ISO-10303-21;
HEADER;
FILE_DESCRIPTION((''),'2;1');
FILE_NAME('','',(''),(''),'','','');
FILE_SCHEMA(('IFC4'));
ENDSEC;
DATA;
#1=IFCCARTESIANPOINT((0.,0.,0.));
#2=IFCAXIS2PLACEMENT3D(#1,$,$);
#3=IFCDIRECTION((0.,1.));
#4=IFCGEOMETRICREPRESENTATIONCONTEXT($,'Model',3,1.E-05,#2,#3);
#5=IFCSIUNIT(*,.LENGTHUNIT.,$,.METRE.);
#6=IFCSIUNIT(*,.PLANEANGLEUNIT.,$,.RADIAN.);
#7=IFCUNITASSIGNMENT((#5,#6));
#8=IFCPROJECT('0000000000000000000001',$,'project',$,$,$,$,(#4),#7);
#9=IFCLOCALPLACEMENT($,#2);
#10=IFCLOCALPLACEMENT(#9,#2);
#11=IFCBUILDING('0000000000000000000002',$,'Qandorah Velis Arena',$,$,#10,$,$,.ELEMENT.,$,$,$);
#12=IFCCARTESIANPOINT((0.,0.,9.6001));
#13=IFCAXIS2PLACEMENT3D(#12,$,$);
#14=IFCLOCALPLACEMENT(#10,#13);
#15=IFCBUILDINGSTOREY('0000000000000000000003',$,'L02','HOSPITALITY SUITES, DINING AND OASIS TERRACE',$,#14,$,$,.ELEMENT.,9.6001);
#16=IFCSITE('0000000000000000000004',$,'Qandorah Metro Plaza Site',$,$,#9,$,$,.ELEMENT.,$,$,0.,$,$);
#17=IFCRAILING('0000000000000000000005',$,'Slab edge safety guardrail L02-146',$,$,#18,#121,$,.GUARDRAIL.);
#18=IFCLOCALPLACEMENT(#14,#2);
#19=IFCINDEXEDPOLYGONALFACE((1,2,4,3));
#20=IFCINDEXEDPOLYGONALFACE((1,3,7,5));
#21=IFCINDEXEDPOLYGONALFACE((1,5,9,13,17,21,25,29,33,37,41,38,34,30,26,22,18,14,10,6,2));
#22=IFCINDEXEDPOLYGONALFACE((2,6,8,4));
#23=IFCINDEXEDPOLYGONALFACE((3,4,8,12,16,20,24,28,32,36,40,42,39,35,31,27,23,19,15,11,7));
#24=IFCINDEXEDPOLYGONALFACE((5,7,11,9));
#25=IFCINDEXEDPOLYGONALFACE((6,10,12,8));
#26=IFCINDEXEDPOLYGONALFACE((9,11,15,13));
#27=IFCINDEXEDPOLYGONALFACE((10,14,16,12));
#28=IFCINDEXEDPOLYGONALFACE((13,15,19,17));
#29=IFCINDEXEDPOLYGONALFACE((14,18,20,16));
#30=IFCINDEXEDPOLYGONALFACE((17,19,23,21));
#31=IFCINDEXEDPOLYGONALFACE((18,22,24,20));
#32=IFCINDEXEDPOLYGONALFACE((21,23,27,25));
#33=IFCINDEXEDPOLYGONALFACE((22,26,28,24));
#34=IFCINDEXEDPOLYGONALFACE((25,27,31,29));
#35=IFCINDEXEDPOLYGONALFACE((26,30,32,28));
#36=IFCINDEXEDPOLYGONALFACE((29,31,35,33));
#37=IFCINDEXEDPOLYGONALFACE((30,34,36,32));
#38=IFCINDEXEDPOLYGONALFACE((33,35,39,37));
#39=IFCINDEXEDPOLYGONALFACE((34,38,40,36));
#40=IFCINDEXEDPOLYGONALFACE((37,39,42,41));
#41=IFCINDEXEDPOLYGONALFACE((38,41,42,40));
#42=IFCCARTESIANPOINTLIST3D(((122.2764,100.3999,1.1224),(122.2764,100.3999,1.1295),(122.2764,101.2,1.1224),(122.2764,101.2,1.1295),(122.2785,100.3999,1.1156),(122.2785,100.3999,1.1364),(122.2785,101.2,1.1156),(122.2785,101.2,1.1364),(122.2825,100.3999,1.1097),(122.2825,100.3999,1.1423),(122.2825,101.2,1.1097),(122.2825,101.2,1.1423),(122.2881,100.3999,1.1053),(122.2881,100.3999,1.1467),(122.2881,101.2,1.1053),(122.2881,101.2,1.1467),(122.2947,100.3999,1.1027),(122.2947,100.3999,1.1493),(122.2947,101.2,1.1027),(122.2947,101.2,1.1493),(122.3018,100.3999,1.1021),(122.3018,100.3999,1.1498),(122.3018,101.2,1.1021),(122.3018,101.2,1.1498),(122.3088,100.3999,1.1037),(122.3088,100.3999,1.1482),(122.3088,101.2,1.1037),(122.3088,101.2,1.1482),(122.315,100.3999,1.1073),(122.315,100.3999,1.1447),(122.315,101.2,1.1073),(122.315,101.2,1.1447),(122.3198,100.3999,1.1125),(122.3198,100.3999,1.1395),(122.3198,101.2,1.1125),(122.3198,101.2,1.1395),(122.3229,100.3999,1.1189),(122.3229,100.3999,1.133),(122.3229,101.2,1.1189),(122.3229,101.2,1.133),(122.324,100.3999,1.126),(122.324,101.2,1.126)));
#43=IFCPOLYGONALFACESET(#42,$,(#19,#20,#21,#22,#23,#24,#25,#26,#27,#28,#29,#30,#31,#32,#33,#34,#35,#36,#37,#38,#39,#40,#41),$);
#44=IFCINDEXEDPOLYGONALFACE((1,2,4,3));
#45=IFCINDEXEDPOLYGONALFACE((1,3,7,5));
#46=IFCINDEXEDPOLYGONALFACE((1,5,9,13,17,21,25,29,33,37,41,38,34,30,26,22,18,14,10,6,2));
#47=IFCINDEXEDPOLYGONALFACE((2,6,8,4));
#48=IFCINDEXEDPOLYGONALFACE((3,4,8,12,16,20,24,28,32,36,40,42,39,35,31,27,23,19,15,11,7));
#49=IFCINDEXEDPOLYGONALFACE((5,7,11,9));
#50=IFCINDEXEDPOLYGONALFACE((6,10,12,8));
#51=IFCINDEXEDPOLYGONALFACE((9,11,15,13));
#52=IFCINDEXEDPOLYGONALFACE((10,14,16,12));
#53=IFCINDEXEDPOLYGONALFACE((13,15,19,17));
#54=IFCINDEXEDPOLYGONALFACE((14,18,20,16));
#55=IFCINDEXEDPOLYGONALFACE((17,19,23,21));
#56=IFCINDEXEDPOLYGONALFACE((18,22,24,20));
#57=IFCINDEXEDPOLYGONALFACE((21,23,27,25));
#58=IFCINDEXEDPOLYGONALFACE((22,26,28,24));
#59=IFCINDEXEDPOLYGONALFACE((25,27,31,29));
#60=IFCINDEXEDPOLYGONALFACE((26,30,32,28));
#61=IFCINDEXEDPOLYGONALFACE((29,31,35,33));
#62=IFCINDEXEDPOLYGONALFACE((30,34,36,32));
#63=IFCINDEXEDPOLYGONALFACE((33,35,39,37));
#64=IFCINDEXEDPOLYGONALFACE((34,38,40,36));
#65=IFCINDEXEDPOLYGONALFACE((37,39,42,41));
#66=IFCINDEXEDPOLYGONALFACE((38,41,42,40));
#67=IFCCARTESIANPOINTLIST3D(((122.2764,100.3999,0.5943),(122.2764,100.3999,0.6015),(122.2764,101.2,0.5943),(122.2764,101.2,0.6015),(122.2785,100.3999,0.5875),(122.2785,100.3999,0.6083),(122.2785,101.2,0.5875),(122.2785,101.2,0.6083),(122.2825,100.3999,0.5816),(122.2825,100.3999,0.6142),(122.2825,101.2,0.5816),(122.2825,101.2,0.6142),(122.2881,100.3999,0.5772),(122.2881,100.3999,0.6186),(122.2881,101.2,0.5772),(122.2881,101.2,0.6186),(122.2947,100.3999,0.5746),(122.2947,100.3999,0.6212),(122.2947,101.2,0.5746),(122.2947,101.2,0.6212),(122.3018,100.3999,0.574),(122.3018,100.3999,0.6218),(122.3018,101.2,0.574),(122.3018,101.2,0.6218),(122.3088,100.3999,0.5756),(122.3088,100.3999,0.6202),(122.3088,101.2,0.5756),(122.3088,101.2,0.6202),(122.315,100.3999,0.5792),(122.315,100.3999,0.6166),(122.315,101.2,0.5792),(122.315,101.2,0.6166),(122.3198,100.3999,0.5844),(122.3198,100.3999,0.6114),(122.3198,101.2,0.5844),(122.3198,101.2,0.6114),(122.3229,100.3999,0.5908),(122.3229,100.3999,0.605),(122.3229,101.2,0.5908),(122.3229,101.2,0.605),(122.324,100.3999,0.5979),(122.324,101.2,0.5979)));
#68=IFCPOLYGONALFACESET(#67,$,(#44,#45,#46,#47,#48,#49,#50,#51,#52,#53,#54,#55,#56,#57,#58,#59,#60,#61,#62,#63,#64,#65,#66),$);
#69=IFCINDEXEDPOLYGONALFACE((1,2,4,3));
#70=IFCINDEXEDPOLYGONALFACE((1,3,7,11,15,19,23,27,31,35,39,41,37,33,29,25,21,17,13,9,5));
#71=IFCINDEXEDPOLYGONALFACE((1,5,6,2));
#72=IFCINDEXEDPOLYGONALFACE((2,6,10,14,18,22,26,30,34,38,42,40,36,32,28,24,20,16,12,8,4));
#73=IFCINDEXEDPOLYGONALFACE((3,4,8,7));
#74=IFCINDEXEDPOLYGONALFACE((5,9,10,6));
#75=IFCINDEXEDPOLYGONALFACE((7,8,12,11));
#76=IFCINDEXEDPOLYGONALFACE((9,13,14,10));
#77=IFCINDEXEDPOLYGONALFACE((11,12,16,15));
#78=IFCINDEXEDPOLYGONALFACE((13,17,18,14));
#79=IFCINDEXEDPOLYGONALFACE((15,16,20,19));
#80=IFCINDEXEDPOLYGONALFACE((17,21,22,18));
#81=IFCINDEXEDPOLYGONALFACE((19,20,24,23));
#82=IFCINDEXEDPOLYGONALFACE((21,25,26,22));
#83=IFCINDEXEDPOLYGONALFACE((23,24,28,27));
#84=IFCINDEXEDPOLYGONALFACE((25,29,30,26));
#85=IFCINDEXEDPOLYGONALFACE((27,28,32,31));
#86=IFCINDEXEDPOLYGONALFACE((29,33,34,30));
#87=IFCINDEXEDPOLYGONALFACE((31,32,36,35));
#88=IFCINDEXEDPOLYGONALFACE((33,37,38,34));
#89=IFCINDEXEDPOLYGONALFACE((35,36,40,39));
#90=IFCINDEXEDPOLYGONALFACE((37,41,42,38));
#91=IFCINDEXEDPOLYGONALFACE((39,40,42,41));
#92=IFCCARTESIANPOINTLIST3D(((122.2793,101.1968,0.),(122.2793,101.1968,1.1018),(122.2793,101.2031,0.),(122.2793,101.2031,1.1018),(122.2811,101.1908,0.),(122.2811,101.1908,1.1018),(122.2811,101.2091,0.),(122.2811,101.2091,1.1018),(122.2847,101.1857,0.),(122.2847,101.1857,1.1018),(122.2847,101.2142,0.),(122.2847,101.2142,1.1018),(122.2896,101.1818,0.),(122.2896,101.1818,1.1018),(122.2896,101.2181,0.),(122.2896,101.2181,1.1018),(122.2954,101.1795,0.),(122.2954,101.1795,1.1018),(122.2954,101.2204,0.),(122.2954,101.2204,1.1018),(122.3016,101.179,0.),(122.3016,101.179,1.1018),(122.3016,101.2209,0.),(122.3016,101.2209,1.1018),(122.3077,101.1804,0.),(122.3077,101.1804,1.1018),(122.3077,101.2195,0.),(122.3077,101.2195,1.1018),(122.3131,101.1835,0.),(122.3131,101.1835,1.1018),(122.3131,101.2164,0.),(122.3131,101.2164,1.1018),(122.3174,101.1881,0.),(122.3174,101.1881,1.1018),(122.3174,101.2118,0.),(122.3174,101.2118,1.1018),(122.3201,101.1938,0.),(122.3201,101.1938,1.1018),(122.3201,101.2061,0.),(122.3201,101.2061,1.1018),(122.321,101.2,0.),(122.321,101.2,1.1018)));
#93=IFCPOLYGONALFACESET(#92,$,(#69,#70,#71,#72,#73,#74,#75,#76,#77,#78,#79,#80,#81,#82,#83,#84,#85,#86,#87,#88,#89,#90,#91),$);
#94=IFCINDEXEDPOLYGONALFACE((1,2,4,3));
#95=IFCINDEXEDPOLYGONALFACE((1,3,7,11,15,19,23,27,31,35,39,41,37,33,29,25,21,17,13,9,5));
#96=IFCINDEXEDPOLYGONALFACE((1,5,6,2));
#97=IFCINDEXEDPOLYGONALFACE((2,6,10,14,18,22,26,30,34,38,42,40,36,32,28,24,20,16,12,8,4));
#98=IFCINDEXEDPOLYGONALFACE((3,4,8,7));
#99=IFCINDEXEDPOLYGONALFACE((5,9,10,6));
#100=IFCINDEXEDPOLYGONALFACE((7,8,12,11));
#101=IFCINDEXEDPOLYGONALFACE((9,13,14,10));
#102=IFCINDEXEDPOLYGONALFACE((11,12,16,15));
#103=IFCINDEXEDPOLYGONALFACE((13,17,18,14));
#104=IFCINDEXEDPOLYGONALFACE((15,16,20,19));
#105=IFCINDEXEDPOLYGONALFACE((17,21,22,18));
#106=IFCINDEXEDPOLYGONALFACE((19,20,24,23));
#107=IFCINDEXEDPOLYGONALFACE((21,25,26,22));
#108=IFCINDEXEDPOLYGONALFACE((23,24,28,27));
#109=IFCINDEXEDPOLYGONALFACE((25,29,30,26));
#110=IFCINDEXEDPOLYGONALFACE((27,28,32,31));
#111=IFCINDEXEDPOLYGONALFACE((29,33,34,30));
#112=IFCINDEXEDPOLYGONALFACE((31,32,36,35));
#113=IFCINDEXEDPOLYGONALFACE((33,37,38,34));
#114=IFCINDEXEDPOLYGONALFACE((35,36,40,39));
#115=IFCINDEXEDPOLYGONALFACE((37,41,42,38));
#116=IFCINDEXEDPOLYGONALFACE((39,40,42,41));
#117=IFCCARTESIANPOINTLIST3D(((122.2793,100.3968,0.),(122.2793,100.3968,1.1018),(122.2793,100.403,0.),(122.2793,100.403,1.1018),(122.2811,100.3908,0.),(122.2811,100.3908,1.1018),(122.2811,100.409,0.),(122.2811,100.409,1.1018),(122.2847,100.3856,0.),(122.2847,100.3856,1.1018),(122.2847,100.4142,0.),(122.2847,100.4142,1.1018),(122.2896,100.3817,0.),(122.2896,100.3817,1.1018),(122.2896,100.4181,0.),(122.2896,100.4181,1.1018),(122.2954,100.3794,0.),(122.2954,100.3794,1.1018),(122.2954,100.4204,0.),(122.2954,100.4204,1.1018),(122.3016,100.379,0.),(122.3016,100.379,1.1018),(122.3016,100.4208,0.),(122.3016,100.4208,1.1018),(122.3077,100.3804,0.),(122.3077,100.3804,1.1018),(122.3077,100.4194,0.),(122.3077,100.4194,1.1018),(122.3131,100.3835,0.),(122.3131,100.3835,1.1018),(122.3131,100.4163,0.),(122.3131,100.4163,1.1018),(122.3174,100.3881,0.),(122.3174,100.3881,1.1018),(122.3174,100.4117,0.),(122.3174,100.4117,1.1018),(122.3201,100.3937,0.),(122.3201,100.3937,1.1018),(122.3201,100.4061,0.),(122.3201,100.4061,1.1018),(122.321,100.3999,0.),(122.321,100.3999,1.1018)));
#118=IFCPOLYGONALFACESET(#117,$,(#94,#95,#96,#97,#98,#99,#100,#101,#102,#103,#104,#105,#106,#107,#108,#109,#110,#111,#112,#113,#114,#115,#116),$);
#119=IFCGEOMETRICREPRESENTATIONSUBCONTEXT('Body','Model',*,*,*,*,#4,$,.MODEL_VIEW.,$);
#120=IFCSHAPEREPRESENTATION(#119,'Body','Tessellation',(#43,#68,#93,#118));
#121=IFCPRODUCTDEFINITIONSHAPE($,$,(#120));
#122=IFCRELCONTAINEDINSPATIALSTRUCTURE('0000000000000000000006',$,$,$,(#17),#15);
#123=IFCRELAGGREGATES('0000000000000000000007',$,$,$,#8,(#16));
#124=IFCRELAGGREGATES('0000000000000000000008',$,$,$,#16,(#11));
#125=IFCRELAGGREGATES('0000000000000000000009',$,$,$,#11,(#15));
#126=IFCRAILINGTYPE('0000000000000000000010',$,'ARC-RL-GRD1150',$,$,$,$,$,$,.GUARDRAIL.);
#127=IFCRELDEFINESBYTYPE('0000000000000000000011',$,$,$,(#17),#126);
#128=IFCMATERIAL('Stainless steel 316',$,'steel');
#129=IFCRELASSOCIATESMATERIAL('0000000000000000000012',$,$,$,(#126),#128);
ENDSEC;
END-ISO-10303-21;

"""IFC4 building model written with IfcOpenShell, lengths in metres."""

from ifc_helpers import new_model, si_unit, direction, frame, origin, origin_2d, place, context, subcontext, project, spatial, circle, extrude, material, type_object, element, save


model = new_model("IFC4")

# Units and contexts
model_context = context("Model", 3, precision=1e-05, world=origin(), true_north=direction((0.0, 1.0)))
body_context = subcontext(model_context, "Body", "Model", "MODEL_VIEW")
ifc_project = project(units=[si_unit("LENGTHUNIT", "METRE"), si_unit("PLANEANGLEUNIT", "RADIAN")], contexts=[model_context])

# Site, building, storey
site_placement = place(None, origin())
site = spatial("IfcSite", under=ifc_project, at=site_placement, Name="Qandorah Metro Plaza Site", CompositionType="ELEMENT", RefElevation=0.0)
building_placement = place(site_placement, origin())
building = spatial("IfcBuilding", under=site, at=building_placement, Name="Qandorah Velis Arena", CompositionType="ELEMENT")
storey_placement = place(building_placement, frame((0.0, 0.0, 9.6001)))
storey = spatial("IfcBuildingStorey", under=building, at=storey_placement, Name="L02", Description="HOSPITALITY SUITES, DINING AND OASIS TERRACE", CompositionType="ELEMENT", Elevation=9.6001)

# Railing
ifc_material_1 = material(Name="Stainless steel 316", Category="steel")
railing_type = type_object("IfcRailingType", Name="ARC-RL-GRD1150", PredefinedType="GUARDRAIL", material=ifc_material_1)
railing_1_placement = place(storey_placement, frame((122.3, 101.2, 0.0)))
element("IfcRailing", 1, at=railing_1_placement, inside=storey, type_object=railing_type, Name="Slab edge safety guardrail L02-146", PredefinedType="GUARDRAIL", context=body_context, shape_type="SweptSolid", body=[
    extrude(circle(Radius=0.0239, at=origin_2d()), frame((0.0, 0.0, 1.126), z_axis=(0.0, -1.0, 0.0), x_axis=(1.0, 0.0, 0.0)), (0.0, 0.0, 1.0), 0.8),
    extrude(circle(Radius=0.0239, at=origin_2d()), frame((0.0, 0.0, 0.5979), z_axis=(0.0, -1.0, 0.0), x_axis=(1.0, 0.0, 0.0)), (0.0, 0.0, 1.0), 0.8),
    extrude(circle(Radius=0.021, at=origin_2d()), origin(), (0.0, 0.0, 1.0), 1.1018),
    extrude(circle(Radius=0.021, at=origin_2d()), frame((0.0, -0.8, 0.0)), (0.0, 0.0, 1.0), 1.1018),
])

save(model, "model.ifc")
